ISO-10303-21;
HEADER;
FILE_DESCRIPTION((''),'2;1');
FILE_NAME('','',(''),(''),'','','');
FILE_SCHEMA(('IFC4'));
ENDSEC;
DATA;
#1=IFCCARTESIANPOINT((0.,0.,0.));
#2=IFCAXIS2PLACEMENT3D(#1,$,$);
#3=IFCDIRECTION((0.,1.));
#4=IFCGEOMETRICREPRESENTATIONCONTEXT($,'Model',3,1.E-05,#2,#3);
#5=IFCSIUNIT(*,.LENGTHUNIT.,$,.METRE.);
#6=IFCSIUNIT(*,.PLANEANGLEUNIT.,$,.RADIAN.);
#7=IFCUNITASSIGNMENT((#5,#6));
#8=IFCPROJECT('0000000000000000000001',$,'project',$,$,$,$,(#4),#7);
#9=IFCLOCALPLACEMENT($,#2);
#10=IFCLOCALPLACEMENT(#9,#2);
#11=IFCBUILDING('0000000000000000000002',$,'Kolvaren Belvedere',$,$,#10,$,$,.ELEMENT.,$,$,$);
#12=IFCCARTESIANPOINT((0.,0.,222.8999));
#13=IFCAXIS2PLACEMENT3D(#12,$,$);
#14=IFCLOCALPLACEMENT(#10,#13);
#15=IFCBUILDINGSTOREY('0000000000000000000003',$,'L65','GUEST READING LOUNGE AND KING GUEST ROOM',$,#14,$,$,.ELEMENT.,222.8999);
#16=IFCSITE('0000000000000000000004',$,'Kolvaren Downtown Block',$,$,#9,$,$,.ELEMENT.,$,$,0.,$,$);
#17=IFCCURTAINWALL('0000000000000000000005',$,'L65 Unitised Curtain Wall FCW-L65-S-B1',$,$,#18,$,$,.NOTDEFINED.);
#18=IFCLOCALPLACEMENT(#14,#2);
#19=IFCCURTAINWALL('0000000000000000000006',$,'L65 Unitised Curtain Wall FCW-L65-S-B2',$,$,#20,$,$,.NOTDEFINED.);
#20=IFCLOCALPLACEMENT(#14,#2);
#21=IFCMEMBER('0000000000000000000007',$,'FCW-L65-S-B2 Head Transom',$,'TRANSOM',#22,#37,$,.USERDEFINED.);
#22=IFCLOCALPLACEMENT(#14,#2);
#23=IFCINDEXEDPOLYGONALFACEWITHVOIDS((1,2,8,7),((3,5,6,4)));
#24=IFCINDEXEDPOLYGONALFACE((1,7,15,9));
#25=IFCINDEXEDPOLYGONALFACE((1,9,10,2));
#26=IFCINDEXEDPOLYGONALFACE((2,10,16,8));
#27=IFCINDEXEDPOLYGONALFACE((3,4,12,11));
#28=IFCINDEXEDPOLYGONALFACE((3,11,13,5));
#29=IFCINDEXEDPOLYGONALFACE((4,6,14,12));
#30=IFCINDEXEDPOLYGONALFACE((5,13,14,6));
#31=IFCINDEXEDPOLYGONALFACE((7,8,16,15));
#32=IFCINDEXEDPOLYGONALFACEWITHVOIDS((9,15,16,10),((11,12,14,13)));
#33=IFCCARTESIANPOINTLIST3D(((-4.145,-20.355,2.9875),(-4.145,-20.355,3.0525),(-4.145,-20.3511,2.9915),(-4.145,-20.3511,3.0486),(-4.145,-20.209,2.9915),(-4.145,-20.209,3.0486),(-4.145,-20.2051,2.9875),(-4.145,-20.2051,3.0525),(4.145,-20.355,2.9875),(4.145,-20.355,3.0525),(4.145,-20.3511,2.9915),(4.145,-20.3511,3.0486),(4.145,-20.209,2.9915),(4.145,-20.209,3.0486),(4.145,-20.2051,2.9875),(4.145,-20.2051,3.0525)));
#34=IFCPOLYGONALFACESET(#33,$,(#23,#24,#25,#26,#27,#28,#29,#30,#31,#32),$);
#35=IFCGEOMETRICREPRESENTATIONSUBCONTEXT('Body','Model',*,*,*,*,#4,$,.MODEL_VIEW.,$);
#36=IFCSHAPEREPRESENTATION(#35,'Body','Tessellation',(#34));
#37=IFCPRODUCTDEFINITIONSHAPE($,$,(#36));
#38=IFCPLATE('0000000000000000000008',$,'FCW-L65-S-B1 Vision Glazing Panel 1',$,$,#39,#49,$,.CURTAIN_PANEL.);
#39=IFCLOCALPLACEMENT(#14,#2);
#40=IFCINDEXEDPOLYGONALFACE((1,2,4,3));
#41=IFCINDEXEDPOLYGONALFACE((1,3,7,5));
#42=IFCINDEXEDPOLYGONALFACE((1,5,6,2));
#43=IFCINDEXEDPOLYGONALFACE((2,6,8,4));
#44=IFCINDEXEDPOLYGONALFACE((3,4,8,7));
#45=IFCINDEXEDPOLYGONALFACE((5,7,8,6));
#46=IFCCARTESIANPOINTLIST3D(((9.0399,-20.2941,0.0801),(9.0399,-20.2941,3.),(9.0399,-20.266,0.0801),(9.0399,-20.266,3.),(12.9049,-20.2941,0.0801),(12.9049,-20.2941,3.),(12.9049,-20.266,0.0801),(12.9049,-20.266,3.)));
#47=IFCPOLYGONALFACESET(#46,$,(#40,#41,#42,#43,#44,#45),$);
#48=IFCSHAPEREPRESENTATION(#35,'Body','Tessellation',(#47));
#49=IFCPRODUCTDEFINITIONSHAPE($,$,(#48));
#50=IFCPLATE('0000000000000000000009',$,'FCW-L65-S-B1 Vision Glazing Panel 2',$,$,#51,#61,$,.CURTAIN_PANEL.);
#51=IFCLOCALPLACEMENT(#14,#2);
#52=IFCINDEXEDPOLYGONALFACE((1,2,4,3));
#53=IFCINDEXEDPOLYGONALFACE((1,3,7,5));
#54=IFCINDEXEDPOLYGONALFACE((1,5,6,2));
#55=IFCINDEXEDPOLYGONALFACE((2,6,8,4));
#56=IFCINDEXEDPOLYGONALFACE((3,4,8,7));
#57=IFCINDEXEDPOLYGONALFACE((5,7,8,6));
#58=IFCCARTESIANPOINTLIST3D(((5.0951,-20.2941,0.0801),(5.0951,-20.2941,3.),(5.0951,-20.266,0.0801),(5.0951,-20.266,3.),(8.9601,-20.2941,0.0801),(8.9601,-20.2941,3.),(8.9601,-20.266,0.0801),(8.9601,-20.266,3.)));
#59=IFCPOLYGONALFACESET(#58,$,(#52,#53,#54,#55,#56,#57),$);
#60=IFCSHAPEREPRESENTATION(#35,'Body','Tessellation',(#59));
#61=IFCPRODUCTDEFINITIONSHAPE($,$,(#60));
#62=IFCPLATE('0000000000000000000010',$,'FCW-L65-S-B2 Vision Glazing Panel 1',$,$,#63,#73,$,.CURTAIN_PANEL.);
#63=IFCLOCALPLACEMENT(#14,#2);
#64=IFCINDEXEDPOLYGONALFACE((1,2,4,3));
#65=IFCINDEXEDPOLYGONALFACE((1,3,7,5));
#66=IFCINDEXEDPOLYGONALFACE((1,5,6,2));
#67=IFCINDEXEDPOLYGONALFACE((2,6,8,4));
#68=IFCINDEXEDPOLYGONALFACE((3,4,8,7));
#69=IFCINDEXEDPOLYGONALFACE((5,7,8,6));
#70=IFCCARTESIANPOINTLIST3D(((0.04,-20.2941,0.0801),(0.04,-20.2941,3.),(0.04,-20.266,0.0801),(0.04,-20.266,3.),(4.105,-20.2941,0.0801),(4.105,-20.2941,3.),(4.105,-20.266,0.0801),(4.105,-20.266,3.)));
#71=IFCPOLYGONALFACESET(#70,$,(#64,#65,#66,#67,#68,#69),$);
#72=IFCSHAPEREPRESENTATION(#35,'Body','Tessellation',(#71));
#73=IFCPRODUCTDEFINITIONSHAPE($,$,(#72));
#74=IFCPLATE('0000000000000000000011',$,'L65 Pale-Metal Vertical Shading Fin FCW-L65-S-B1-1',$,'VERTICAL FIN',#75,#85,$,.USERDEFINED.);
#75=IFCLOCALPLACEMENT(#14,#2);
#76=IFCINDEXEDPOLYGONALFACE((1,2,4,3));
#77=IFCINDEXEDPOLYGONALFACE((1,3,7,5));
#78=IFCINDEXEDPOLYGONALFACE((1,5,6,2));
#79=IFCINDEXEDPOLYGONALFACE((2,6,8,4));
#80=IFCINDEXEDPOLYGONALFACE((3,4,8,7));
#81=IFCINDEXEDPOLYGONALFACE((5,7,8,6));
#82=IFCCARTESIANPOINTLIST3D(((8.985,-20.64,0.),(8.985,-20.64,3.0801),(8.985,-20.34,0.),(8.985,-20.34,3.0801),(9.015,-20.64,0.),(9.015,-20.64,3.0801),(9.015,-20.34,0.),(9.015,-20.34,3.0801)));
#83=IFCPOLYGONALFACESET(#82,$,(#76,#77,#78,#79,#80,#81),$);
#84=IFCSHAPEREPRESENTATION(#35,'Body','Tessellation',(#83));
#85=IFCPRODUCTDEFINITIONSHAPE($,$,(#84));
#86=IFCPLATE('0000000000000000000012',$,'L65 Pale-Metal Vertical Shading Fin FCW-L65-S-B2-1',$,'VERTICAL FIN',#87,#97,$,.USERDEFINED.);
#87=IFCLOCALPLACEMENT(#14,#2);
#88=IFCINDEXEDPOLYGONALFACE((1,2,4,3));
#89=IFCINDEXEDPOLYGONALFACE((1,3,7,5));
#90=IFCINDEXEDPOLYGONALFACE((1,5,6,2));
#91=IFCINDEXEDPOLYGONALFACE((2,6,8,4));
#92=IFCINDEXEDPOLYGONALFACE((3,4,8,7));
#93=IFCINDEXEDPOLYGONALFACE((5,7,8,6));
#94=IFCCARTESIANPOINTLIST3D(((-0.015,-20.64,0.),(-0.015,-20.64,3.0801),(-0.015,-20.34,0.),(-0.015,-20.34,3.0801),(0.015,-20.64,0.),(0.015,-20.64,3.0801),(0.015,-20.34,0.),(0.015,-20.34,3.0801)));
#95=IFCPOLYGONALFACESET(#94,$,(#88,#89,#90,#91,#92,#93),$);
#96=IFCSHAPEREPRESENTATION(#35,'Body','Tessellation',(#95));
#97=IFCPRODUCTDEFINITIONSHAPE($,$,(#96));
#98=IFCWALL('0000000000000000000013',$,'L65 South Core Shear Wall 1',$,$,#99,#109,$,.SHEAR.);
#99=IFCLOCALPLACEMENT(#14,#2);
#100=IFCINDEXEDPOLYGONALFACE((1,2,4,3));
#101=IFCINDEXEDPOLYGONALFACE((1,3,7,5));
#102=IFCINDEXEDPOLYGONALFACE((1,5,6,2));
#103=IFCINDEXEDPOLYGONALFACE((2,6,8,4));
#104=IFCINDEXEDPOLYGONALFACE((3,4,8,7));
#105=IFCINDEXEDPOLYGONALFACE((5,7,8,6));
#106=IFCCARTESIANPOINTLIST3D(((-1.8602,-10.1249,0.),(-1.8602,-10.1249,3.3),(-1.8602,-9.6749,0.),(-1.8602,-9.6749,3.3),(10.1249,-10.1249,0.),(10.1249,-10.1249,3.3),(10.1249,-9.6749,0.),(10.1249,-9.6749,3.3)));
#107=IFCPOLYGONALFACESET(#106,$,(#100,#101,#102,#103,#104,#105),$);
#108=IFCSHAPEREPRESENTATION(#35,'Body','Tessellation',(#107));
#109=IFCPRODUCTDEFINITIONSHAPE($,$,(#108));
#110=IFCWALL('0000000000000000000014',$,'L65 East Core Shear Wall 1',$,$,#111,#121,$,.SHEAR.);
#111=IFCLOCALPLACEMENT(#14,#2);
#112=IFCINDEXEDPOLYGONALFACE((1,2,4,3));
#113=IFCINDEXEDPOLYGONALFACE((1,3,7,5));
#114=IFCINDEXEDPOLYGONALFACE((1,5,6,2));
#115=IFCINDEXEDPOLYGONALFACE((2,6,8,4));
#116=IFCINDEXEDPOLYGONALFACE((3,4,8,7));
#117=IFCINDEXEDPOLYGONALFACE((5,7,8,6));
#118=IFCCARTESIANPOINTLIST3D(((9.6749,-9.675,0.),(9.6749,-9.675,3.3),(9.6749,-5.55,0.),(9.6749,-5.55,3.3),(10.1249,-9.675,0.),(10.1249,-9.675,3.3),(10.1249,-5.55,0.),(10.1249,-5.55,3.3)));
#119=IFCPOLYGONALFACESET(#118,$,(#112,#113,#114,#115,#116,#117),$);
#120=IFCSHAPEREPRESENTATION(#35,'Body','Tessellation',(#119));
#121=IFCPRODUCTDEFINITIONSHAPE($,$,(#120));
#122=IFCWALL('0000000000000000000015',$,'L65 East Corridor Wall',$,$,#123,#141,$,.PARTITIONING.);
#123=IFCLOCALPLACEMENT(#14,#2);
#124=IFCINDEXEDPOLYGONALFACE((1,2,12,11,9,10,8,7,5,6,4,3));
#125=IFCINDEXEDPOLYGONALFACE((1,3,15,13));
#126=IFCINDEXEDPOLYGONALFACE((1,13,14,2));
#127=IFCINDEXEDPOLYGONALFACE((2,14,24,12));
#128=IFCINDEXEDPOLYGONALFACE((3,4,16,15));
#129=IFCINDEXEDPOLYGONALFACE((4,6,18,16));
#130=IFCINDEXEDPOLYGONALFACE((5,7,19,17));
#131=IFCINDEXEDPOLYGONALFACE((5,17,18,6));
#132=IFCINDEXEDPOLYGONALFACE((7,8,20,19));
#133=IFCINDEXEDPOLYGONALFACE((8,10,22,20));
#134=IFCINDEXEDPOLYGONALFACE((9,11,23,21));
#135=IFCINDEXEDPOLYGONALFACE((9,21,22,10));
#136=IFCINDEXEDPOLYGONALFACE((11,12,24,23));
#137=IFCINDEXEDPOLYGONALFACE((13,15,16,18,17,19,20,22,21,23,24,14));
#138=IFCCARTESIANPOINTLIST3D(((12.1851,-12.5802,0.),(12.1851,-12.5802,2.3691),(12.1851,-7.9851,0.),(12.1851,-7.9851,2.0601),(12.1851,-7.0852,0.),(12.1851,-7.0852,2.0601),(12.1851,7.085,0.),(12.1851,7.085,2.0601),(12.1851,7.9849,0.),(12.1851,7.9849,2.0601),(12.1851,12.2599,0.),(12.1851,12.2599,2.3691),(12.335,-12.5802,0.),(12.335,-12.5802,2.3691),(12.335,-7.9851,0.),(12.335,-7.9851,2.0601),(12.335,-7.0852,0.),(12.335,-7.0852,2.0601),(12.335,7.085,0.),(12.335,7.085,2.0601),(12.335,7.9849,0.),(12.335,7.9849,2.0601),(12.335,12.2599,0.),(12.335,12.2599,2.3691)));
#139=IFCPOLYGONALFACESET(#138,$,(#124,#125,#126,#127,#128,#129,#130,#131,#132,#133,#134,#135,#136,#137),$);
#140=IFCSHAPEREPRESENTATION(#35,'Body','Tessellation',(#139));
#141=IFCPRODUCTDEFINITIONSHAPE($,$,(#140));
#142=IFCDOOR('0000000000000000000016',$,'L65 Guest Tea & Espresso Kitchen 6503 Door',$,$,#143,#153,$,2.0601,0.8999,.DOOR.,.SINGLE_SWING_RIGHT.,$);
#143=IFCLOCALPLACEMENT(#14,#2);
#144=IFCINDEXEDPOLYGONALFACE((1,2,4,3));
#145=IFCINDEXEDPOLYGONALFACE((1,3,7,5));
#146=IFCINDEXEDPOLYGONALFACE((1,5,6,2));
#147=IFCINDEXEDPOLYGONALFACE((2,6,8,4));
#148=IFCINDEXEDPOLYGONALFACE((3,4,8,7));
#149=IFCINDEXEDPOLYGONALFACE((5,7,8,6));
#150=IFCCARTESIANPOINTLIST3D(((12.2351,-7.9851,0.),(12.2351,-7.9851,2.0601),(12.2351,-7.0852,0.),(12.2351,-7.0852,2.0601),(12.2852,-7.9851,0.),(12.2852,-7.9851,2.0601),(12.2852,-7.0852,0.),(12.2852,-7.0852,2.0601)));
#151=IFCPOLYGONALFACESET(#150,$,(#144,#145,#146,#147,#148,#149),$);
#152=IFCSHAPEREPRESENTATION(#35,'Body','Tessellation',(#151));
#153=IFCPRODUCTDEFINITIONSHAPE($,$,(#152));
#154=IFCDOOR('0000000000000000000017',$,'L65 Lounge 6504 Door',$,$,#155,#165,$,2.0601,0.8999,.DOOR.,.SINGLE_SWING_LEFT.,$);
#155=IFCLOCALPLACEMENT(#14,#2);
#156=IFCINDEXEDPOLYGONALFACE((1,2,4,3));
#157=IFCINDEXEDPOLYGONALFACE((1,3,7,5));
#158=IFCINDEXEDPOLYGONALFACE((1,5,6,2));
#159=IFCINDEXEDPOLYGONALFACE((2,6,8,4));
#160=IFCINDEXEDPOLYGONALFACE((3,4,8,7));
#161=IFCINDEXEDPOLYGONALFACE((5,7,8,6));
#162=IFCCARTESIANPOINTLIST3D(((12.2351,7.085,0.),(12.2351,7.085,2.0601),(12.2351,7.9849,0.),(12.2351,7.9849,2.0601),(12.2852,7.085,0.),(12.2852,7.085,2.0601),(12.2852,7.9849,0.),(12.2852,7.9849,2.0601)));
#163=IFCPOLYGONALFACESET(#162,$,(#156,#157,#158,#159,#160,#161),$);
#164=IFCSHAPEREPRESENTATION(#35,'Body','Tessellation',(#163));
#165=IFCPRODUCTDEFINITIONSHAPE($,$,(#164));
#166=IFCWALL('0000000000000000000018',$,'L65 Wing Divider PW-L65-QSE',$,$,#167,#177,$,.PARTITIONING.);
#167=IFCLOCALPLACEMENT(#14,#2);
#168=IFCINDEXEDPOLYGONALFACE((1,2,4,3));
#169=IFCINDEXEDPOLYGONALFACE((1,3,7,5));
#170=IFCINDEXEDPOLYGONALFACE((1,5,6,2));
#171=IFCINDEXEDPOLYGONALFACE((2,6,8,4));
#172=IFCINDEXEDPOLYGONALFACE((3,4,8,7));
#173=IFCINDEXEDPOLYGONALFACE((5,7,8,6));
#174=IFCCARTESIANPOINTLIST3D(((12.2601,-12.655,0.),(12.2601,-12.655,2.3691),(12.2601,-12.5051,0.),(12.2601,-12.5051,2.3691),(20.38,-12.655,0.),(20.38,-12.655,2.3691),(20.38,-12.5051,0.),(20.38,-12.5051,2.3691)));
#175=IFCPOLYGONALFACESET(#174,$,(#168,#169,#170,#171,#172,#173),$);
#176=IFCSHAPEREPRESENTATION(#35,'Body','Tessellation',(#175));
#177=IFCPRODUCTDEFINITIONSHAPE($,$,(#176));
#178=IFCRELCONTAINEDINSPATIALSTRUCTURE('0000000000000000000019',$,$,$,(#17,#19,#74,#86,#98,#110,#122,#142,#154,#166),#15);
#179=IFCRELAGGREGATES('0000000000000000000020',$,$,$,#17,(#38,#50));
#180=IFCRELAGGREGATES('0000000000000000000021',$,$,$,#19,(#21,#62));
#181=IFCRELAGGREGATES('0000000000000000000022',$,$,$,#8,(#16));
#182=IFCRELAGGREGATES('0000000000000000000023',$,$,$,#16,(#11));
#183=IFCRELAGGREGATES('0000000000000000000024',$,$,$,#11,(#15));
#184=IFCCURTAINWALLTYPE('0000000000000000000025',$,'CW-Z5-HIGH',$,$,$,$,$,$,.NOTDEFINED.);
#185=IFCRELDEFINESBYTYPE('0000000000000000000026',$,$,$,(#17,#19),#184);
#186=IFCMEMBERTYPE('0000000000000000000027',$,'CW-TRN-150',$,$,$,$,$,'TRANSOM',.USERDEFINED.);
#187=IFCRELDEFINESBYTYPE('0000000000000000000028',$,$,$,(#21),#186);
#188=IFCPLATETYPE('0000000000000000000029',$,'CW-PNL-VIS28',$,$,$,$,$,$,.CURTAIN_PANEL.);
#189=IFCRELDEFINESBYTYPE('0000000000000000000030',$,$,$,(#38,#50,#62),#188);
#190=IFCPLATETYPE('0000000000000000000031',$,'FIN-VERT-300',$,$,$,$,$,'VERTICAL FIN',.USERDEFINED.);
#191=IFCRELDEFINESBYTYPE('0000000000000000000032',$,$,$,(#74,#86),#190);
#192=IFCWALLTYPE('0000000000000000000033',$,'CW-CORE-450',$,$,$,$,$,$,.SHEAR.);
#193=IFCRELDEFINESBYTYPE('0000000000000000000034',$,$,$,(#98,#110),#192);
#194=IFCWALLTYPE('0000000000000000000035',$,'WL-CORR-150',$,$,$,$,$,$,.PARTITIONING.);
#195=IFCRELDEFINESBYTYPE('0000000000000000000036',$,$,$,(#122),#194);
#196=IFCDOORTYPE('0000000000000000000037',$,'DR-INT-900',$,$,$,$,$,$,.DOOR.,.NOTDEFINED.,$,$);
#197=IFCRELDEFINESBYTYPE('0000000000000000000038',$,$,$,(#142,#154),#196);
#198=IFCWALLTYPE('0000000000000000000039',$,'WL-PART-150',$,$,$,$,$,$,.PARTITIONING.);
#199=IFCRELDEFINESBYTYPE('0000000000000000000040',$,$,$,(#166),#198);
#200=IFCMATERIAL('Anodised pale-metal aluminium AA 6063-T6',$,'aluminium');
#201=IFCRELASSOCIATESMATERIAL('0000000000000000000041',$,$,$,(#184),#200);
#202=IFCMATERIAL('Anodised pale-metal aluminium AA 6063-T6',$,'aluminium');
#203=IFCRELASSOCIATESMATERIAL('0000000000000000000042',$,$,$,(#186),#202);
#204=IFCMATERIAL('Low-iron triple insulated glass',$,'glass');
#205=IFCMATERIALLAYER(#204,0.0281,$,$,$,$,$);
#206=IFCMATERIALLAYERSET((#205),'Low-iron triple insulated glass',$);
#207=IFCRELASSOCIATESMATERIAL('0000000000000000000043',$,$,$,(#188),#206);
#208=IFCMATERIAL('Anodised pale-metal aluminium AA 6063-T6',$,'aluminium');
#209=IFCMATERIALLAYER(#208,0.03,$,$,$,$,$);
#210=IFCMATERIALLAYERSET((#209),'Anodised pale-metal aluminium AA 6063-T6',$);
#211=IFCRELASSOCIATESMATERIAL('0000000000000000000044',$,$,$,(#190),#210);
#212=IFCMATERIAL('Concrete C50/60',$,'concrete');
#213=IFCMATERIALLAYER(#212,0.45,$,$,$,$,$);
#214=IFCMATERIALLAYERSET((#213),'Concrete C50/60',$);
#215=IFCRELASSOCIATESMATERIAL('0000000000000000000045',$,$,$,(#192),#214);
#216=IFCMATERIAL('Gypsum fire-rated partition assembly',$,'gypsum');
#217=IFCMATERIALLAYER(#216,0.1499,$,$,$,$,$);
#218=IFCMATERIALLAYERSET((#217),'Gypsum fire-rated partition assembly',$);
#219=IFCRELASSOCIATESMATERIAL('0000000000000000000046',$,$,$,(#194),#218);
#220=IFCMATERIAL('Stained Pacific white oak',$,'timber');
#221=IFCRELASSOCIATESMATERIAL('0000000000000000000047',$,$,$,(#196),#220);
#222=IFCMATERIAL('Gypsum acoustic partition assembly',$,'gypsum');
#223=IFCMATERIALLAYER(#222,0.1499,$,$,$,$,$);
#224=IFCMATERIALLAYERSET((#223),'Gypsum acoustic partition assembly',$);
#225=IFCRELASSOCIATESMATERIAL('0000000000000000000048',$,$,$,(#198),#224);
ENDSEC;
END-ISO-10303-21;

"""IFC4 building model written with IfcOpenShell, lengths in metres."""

from ifc_helpers import new_model, si_unit, direction, frame, frame_2d, origin, origin_2d, place, context, subcontext, project, spatial, rectangle, hollow_rectangle, extrude, material, layer, layer_set, material_profile, profile_set, type_object, element, fill, aggregate, save


model = new_model("IFC4")

# Units and contexts
model_context = context("Model", 3, precision=1e-05, world=origin(), true_north=direction((0.0, 1.0)))
body_context = subcontext(model_context, "Body", "Model", "MODEL_VIEW")
ifc_project = project(units=[si_unit("LENGTHUNIT", "METRE"), si_unit("PLANEANGLEUNIT", "RADIAN")], contexts=[model_context])

# Site, building, storey
site_placement = place(None, origin())
site = spatial("IfcSite", under=ifc_project, at=site_placement, Name="Kolvaren Downtown Block", CompositionType="ELEMENT", RefElevation=0.0)
building_placement = place(site_placement, origin())
building = spatial("IfcBuilding", under=site, at=building_placement, Name="Kolvaren Belvedere", CompositionType="ELEMENT")
storey_placement = place(building_placement, frame((0.0, 0.0, 222.8999)))
storey = spatial("IfcBuildingStorey", under=building, at=storey_placement, Name="L65", Description="GUEST READING LOUNGE AND KING GUEST ROOM", CompositionType="ELEMENT", Elevation=222.8999)

# Curtain walls, member
ifc_material_1 = material(Name="Anodised pale-metal aluminium AA 6063-T6", Category="aluminium")
curtain_wall_type = type_object("IfcCurtainWallType", Name="CW-Z5-HIGH", PredefinedType="NOTDEFINED", material=ifc_material_1)
curtain_wall_1_placement = place(storey_placement, origin())
curtain_wall_1 = element("IfcCurtainWall", 1, at=curtain_wall_1_placement, inside=storey, type_object=curtain_wall_type, Name="L65 Unitised Curtain Wall FCW-L65-S-B1", PredefinedType="NOTDEFINED")
curtain_wall_2_placement = place(storey_placement, origin())
curtain_wall_2 = element("IfcCurtainWall", 2, at=curtain_wall_2_placement, inside=storey, type_object=curtain_wall_type, Name="L65 Unitised Curtain Wall FCW-L65-S-B2", PredefinedType="NOTDEFINED")
ifc_material_2 = material(Name="Anodised pale-metal aluminium AA 6063-T6", Category="aluminium")
ifc_material_profile_1 = material_profile(ifc_material_2, hollow_rectangle(XDim=0.0649, YDim=0.1499, WallThickness=0.0039, at=origin_2d()), Name="ALU-TRN-150X65")
ifc_profile_set_1 = profile_set([ifc_material_profile_1], Name="Anodised pale-metal aluminium AA 6063-T6")
member_type_1 = type_object("IfcMemberType", Name="CW-TRN-150", ElementType="TRANSOM", PredefinedType="USERDEFINED", material=ifc_profile_set_1)
member_1_placement = place(storey_placement, frame((4.145, -20.28, 3.02), z_axis=(-1.0, 0.0, 0.0), x_axis=(0.0, 0.0, 1.0)))
member_1 = element("IfcMember", 3, at=member_1_placement, type_object=member_type_1, Name="FCW-L65-S-B2 Head Transom", ObjectType="TRANSOM", PredefinedType="USERDEFINED", context=body_context, shape_type="SweptSolid", body=[
    extrude(hollow_rectangle(XDim=0.0649, YDim=0.1499, WallThickness=0.0039, at=origin_2d()), origin(), (0.0, 0.0, 1.0), 8.29),
])

# Plates
ifc_material_3 = material(Name="Low-iron triple insulated glass", Category="glass")
ifc_layer_1 = layer(ifc_material_3, 0.0281)
ifc_layer_set_1 = layer_set([ifc_layer_1], Name="Low-iron triple insulated glass")
plate_type_1 = type_object("IfcPlateType", Name="CW-PNL-VIS28", PredefinedType="CURTAIN_PANEL", material=ifc_layer_set_1)
plate_1_placement = place(storey_placement, frame((10.9724, -20.28, 0.0801), z_axis=(0.0, 0.0, 1.0), x_axis=(-1.0, 0.0, 0.0)))
plate_1 = element("IfcPlate", 4, at=plate_1_placement, type_object=plate_type_1, Name="FCW-L65-S-B1 Vision Glazing Panel 1", PredefinedType="CURTAIN_PANEL", context=body_context, shape_type="SweptSolid", body=[
    extrude(rectangle(XDim=3.865, YDim=0.0281, at=origin_2d()), origin(), (0.0, 0.0, 1.0), 2.9199),
])
plate_2_placement = place(storey_placement, frame((7.0276, -20.28, 0.0801), z_axis=(0.0, 0.0, 1.0), x_axis=(-1.0, 0.0, 0.0)))
plate_2 = element("IfcPlate", 5, at=plate_2_placement, type_object=plate_type_1, Name="FCW-L65-S-B1 Vision Glazing Panel 2", PredefinedType="CURTAIN_PANEL", context=body_context, shape_type="SweptSolid", body=[
    extrude(rectangle(XDim=3.865, YDim=0.0281, at=origin_2d()), origin(), (0.0, 0.0, 1.0), 2.9199),
])
aggregate(curtain_wall_1, [plate_1, plate_2])
plate_3_placement = place(storey_placement, frame((2.0725, -20.28, 0.0801), z_axis=(0.0, 0.0, 1.0), x_axis=(-1.0, 0.0, 0.0)))
plate_3 = element("IfcPlate", 6, at=plate_3_placement, type_object=plate_type_1, Name="FCW-L65-S-B2 Vision Glazing Panel 1", PredefinedType="CURTAIN_PANEL", context=body_context, shape_type="SweptSolid", body=[
    extrude(rectangle(XDim=4.0649, YDim=0.0281, at=origin_2d()), origin(), (0.0, 0.0, 1.0), 2.9199),
])
aggregate(curtain_wall_2, [member_1, plate_3])

# Plates
ifc_material_4 = material(Name="Anodised pale-metal aluminium AA 6063-T6", Category="aluminium")
ifc_layer_2 = layer(ifc_material_4, 0.03)
ifc_layer_set_2 = layer_set([ifc_layer_2], Name="Anodised pale-metal aluminium AA 6063-T6")
plate_type_2 = type_object("IfcPlateType", Name="FIN-VERT-300", ElementType="VERTICAL FIN", PredefinedType="USERDEFINED", material=ifc_layer_set_2)
for number, where, z_axis, x_axis, name in (
    (7, (9.0, -20.49, 0.0), (0.0, 0.0, 1.0), (0.0, 1.0, 0.0), "L65 Pale-Metal Vertical Shading Fin FCW-L65-S-B1-1"),
    (8, (0.0, -20.49, 0.0), (0.0, 0.0, 1.0), (0.0, 1.0, 0.0), "L65 Pale-Metal Vertical Shading Fin FCW-L65-S-B2-1"),
):
    element("IfcPlate", number, at=place(storey_placement, frame(where, z_axis=z_axis, x_axis=x_axis)), inside=storey, type_object=plate_type_2, Name=name, ObjectType="VERTICAL FIN", PredefinedType="USERDEFINED", context=body_context, shape_type="SweptSolid", body=[
        extrude(rectangle(XDim=0.3, YDim=0.03, at=origin_2d()), origin(), (0.0, 0.0, 1.0), 3.0801),
    ])

# Walls
ifc_material_5 = material(Name="Concrete C50/60", Category="concrete")
ifc_layer_3 = layer(ifc_material_5, 0.45)
ifc_layer_set_3 = layer_set([ifc_layer_3], Name="Concrete C50/60")
wall_type_1 = type_object("IfcWallType", Name="CW-CORE-450", PredefinedType="SHEAR", material=ifc_layer_set_3)
wall_1_placement = place(storey_placement, frame((10.125, -9.8999, 0.0), z_axis=(0.0, 0.0, 1.0), x_axis=(-1.0, 0.0, 0.0)))
element("IfcWall", 9, at=wall_1_placement, inside=storey, type_object=wall_type_1, Name="L65 South Core Shear Wall 1", PredefinedType="SHEAR", context=body_context, shape_type="SweptSolid", body=[
    extrude(rectangle(XDim=11.9851, YDim=0.45, at=frame_2d((5.9927, 0.0))), origin(), (0.0, 0.0, 1.0), 3.3),
])
wall_2_placement = place(storey_placement, frame((9.8999, -9.675, 0.0), z_axis=(0.0, 0.0, 1.0), x_axis=(0.0, 1.0, 0.0)))
element("IfcWall", 10, at=wall_2_placement, inside=storey, type_object=wall_type_1, Name="L65 East Core Shear Wall 1", PredefinedType="SHEAR", context=body_context, shape_type="SweptSolid", body=[
    extrude(rectangle(XDim=4.125, YDim=0.45, at=frame_2d((2.0625, 0.0))), origin(), (0.0, 0.0, 1.0), 3.3),
])

# Wall, openings, doors
ifc_material_6 = material(Name="Gypsum fire-rated partition assembly", Category="gypsum")
ifc_layer_4 = layer(ifc_material_6, 0.1499)
ifc_layer_set_4 = layer_set([ifc_layer_4], Name="Gypsum fire-rated partition assembly")
wall_type_2 = type_object("IfcWallType", Name="WL-CORR-150", PredefinedType="PARTITIONING", material=ifc_layer_set_4)
wall_3_placement = place(storey_placement, frame((12.26, -12.5801, 0.0), z_axis=(0.0, 0.0, 1.0), x_axis=(0.0, 1.0, 0.0)))
wall_3 = element("IfcWall", 11, at=wall_3_placement, inside=storey, type_object=wall_type_2, Name="L65 East Corridor Wall", PredefinedType="PARTITIONING", context=body_context, shape_type="SweptSolid", body=[
    extrude(rectangle(XDim=24.8401, YDim=0.1499, at=frame_2d((12.4199, 0.0))), origin(), (0.0, 0.0, 1.0), 2.3691),
])
opening_1_placement = place(wall_3_placement, frame((4.595, 0.0, 0.0)))
opening_1 = element("IfcOpeningElement", 12, at=opening_1_placement, cuts=wall_3, PredefinedType="OPENING", context=body_context, shape_type="SweptSolid", body=[
    extrude(rectangle(XDim=0.8999, YDim=2.0601, at=frame_2d((0.45, 1.03))), frame((0.0, 0.085, 0.0), z_axis=(0.0, -1.0, 0.0), x_axis=(1.0, 0.0, 0.0)), (0.0, 0.0, 1.0), 0.1699),
])
opening_2_placement = place(wall_3_placement, frame((19.665, 0.0, 0.0)))
opening_2 = element("IfcOpeningElement", 13, at=opening_2_placement, cuts=wall_3, PredefinedType="OPENING", context=body_context, shape_type="SweptSolid", body=[
    extrude(rectangle(XDim=0.8999, YDim=2.0601, at=frame_2d((0.45, 1.03))), frame((0.0, 0.085, 0.0), z_axis=(0.0, -1.0, 0.0), x_axis=(1.0, 0.0, 0.0)), (0.0, 0.0, 1.0), 0.1699),
])
ifc_material_7 = material(Name="Stained Pacific white oak", Category="timber")
door_type = type_object("IfcDoorType", Name="DR-INT-900", OperationType="NOTDEFINED", PredefinedType="DOOR", material=ifc_material_7)
door_1_placement = place(opening_1_placement, origin())
door_1 = element("IfcDoor", 14, at=door_1_placement, inside=storey, type_object=door_type, Name="L65 Guest Tea & Espresso Kitchen 6503 Door", OperationType="SINGLE_SWING_RIGHT", OverallHeight=2.0601, OverallWidth=0.8999, PredefinedType="DOOR", context=body_context, shape_type="SweptSolid", body=[
    extrude(rectangle(XDim=0.8999, YDim=2.0601, at=frame_2d((0.45, 1.03))), frame((0.0, 0.0249, 0.0), z_axis=(0.0, -1.0, 0.0), x_axis=(1.0, 0.0, 0.0)), (0.0, 0.0, 1.0), 0.05),
])
fill(opening_1, door_1)
door_2_placement = place(opening_2_placement, origin())
door_2 = element("IfcDoor", 15, at=door_2_placement, inside=storey, type_object=door_type, Name="L65 Lounge 6504 Door", OperationType="SINGLE_SWING_LEFT", OverallHeight=2.0601, OverallWidth=0.8999, PredefinedType="DOOR", context=body_context, shape_type="SweptSolid", body=[
    extrude(rectangle(XDim=0.8999, YDim=2.0601, at=frame_2d((0.45, 1.03))), frame((0.0, 0.0249, 0.0), z_axis=(0.0, -1.0, 0.0), x_axis=(1.0, 0.0, 0.0)), (0.0, 0.0, 1.0), 0.05),
])
fill(opening_2, door_2)

# Wall
ifc_material_8 = material(Name="Gypsum acoustic partition assembly", Category="gypsum")
ifc_layer_5 = layer(ifc_material_8, 0.1499)
ifc_layer_set_5 = layer_set([ifc_layer_5], Name="Gypsum acoustic partition assembly")
wall_type_3 = type_object("IfcWallType", Name="WL-PART-150", PredefinedType="PARTITIONING", material=ifc_layer_set_5)
wall_4_placement = place(storey_placement, frame((12.26, -12.5801, 0.0), z_axis=(0.0, 0.0, 1.0), x_axis=(1.0, 0.0, 0.0)))
element("IfcWall", 16, at=wall_4_placement, inside=storey, type_object=wall_type_3, Name="L65 Wing Divider PW-L65-QSE", PredefinedType="PARTITIONING", context=body_context, shape_type="SweptSolid", body=[
    extrude(rectangle(XDim=8.1199, YDim=0.1499, at=frame_2d((4.0601, 0.0))), origin(), (0.0, 0.0, 1.0), 2.3691),
])

save(model, "model.ifc")
